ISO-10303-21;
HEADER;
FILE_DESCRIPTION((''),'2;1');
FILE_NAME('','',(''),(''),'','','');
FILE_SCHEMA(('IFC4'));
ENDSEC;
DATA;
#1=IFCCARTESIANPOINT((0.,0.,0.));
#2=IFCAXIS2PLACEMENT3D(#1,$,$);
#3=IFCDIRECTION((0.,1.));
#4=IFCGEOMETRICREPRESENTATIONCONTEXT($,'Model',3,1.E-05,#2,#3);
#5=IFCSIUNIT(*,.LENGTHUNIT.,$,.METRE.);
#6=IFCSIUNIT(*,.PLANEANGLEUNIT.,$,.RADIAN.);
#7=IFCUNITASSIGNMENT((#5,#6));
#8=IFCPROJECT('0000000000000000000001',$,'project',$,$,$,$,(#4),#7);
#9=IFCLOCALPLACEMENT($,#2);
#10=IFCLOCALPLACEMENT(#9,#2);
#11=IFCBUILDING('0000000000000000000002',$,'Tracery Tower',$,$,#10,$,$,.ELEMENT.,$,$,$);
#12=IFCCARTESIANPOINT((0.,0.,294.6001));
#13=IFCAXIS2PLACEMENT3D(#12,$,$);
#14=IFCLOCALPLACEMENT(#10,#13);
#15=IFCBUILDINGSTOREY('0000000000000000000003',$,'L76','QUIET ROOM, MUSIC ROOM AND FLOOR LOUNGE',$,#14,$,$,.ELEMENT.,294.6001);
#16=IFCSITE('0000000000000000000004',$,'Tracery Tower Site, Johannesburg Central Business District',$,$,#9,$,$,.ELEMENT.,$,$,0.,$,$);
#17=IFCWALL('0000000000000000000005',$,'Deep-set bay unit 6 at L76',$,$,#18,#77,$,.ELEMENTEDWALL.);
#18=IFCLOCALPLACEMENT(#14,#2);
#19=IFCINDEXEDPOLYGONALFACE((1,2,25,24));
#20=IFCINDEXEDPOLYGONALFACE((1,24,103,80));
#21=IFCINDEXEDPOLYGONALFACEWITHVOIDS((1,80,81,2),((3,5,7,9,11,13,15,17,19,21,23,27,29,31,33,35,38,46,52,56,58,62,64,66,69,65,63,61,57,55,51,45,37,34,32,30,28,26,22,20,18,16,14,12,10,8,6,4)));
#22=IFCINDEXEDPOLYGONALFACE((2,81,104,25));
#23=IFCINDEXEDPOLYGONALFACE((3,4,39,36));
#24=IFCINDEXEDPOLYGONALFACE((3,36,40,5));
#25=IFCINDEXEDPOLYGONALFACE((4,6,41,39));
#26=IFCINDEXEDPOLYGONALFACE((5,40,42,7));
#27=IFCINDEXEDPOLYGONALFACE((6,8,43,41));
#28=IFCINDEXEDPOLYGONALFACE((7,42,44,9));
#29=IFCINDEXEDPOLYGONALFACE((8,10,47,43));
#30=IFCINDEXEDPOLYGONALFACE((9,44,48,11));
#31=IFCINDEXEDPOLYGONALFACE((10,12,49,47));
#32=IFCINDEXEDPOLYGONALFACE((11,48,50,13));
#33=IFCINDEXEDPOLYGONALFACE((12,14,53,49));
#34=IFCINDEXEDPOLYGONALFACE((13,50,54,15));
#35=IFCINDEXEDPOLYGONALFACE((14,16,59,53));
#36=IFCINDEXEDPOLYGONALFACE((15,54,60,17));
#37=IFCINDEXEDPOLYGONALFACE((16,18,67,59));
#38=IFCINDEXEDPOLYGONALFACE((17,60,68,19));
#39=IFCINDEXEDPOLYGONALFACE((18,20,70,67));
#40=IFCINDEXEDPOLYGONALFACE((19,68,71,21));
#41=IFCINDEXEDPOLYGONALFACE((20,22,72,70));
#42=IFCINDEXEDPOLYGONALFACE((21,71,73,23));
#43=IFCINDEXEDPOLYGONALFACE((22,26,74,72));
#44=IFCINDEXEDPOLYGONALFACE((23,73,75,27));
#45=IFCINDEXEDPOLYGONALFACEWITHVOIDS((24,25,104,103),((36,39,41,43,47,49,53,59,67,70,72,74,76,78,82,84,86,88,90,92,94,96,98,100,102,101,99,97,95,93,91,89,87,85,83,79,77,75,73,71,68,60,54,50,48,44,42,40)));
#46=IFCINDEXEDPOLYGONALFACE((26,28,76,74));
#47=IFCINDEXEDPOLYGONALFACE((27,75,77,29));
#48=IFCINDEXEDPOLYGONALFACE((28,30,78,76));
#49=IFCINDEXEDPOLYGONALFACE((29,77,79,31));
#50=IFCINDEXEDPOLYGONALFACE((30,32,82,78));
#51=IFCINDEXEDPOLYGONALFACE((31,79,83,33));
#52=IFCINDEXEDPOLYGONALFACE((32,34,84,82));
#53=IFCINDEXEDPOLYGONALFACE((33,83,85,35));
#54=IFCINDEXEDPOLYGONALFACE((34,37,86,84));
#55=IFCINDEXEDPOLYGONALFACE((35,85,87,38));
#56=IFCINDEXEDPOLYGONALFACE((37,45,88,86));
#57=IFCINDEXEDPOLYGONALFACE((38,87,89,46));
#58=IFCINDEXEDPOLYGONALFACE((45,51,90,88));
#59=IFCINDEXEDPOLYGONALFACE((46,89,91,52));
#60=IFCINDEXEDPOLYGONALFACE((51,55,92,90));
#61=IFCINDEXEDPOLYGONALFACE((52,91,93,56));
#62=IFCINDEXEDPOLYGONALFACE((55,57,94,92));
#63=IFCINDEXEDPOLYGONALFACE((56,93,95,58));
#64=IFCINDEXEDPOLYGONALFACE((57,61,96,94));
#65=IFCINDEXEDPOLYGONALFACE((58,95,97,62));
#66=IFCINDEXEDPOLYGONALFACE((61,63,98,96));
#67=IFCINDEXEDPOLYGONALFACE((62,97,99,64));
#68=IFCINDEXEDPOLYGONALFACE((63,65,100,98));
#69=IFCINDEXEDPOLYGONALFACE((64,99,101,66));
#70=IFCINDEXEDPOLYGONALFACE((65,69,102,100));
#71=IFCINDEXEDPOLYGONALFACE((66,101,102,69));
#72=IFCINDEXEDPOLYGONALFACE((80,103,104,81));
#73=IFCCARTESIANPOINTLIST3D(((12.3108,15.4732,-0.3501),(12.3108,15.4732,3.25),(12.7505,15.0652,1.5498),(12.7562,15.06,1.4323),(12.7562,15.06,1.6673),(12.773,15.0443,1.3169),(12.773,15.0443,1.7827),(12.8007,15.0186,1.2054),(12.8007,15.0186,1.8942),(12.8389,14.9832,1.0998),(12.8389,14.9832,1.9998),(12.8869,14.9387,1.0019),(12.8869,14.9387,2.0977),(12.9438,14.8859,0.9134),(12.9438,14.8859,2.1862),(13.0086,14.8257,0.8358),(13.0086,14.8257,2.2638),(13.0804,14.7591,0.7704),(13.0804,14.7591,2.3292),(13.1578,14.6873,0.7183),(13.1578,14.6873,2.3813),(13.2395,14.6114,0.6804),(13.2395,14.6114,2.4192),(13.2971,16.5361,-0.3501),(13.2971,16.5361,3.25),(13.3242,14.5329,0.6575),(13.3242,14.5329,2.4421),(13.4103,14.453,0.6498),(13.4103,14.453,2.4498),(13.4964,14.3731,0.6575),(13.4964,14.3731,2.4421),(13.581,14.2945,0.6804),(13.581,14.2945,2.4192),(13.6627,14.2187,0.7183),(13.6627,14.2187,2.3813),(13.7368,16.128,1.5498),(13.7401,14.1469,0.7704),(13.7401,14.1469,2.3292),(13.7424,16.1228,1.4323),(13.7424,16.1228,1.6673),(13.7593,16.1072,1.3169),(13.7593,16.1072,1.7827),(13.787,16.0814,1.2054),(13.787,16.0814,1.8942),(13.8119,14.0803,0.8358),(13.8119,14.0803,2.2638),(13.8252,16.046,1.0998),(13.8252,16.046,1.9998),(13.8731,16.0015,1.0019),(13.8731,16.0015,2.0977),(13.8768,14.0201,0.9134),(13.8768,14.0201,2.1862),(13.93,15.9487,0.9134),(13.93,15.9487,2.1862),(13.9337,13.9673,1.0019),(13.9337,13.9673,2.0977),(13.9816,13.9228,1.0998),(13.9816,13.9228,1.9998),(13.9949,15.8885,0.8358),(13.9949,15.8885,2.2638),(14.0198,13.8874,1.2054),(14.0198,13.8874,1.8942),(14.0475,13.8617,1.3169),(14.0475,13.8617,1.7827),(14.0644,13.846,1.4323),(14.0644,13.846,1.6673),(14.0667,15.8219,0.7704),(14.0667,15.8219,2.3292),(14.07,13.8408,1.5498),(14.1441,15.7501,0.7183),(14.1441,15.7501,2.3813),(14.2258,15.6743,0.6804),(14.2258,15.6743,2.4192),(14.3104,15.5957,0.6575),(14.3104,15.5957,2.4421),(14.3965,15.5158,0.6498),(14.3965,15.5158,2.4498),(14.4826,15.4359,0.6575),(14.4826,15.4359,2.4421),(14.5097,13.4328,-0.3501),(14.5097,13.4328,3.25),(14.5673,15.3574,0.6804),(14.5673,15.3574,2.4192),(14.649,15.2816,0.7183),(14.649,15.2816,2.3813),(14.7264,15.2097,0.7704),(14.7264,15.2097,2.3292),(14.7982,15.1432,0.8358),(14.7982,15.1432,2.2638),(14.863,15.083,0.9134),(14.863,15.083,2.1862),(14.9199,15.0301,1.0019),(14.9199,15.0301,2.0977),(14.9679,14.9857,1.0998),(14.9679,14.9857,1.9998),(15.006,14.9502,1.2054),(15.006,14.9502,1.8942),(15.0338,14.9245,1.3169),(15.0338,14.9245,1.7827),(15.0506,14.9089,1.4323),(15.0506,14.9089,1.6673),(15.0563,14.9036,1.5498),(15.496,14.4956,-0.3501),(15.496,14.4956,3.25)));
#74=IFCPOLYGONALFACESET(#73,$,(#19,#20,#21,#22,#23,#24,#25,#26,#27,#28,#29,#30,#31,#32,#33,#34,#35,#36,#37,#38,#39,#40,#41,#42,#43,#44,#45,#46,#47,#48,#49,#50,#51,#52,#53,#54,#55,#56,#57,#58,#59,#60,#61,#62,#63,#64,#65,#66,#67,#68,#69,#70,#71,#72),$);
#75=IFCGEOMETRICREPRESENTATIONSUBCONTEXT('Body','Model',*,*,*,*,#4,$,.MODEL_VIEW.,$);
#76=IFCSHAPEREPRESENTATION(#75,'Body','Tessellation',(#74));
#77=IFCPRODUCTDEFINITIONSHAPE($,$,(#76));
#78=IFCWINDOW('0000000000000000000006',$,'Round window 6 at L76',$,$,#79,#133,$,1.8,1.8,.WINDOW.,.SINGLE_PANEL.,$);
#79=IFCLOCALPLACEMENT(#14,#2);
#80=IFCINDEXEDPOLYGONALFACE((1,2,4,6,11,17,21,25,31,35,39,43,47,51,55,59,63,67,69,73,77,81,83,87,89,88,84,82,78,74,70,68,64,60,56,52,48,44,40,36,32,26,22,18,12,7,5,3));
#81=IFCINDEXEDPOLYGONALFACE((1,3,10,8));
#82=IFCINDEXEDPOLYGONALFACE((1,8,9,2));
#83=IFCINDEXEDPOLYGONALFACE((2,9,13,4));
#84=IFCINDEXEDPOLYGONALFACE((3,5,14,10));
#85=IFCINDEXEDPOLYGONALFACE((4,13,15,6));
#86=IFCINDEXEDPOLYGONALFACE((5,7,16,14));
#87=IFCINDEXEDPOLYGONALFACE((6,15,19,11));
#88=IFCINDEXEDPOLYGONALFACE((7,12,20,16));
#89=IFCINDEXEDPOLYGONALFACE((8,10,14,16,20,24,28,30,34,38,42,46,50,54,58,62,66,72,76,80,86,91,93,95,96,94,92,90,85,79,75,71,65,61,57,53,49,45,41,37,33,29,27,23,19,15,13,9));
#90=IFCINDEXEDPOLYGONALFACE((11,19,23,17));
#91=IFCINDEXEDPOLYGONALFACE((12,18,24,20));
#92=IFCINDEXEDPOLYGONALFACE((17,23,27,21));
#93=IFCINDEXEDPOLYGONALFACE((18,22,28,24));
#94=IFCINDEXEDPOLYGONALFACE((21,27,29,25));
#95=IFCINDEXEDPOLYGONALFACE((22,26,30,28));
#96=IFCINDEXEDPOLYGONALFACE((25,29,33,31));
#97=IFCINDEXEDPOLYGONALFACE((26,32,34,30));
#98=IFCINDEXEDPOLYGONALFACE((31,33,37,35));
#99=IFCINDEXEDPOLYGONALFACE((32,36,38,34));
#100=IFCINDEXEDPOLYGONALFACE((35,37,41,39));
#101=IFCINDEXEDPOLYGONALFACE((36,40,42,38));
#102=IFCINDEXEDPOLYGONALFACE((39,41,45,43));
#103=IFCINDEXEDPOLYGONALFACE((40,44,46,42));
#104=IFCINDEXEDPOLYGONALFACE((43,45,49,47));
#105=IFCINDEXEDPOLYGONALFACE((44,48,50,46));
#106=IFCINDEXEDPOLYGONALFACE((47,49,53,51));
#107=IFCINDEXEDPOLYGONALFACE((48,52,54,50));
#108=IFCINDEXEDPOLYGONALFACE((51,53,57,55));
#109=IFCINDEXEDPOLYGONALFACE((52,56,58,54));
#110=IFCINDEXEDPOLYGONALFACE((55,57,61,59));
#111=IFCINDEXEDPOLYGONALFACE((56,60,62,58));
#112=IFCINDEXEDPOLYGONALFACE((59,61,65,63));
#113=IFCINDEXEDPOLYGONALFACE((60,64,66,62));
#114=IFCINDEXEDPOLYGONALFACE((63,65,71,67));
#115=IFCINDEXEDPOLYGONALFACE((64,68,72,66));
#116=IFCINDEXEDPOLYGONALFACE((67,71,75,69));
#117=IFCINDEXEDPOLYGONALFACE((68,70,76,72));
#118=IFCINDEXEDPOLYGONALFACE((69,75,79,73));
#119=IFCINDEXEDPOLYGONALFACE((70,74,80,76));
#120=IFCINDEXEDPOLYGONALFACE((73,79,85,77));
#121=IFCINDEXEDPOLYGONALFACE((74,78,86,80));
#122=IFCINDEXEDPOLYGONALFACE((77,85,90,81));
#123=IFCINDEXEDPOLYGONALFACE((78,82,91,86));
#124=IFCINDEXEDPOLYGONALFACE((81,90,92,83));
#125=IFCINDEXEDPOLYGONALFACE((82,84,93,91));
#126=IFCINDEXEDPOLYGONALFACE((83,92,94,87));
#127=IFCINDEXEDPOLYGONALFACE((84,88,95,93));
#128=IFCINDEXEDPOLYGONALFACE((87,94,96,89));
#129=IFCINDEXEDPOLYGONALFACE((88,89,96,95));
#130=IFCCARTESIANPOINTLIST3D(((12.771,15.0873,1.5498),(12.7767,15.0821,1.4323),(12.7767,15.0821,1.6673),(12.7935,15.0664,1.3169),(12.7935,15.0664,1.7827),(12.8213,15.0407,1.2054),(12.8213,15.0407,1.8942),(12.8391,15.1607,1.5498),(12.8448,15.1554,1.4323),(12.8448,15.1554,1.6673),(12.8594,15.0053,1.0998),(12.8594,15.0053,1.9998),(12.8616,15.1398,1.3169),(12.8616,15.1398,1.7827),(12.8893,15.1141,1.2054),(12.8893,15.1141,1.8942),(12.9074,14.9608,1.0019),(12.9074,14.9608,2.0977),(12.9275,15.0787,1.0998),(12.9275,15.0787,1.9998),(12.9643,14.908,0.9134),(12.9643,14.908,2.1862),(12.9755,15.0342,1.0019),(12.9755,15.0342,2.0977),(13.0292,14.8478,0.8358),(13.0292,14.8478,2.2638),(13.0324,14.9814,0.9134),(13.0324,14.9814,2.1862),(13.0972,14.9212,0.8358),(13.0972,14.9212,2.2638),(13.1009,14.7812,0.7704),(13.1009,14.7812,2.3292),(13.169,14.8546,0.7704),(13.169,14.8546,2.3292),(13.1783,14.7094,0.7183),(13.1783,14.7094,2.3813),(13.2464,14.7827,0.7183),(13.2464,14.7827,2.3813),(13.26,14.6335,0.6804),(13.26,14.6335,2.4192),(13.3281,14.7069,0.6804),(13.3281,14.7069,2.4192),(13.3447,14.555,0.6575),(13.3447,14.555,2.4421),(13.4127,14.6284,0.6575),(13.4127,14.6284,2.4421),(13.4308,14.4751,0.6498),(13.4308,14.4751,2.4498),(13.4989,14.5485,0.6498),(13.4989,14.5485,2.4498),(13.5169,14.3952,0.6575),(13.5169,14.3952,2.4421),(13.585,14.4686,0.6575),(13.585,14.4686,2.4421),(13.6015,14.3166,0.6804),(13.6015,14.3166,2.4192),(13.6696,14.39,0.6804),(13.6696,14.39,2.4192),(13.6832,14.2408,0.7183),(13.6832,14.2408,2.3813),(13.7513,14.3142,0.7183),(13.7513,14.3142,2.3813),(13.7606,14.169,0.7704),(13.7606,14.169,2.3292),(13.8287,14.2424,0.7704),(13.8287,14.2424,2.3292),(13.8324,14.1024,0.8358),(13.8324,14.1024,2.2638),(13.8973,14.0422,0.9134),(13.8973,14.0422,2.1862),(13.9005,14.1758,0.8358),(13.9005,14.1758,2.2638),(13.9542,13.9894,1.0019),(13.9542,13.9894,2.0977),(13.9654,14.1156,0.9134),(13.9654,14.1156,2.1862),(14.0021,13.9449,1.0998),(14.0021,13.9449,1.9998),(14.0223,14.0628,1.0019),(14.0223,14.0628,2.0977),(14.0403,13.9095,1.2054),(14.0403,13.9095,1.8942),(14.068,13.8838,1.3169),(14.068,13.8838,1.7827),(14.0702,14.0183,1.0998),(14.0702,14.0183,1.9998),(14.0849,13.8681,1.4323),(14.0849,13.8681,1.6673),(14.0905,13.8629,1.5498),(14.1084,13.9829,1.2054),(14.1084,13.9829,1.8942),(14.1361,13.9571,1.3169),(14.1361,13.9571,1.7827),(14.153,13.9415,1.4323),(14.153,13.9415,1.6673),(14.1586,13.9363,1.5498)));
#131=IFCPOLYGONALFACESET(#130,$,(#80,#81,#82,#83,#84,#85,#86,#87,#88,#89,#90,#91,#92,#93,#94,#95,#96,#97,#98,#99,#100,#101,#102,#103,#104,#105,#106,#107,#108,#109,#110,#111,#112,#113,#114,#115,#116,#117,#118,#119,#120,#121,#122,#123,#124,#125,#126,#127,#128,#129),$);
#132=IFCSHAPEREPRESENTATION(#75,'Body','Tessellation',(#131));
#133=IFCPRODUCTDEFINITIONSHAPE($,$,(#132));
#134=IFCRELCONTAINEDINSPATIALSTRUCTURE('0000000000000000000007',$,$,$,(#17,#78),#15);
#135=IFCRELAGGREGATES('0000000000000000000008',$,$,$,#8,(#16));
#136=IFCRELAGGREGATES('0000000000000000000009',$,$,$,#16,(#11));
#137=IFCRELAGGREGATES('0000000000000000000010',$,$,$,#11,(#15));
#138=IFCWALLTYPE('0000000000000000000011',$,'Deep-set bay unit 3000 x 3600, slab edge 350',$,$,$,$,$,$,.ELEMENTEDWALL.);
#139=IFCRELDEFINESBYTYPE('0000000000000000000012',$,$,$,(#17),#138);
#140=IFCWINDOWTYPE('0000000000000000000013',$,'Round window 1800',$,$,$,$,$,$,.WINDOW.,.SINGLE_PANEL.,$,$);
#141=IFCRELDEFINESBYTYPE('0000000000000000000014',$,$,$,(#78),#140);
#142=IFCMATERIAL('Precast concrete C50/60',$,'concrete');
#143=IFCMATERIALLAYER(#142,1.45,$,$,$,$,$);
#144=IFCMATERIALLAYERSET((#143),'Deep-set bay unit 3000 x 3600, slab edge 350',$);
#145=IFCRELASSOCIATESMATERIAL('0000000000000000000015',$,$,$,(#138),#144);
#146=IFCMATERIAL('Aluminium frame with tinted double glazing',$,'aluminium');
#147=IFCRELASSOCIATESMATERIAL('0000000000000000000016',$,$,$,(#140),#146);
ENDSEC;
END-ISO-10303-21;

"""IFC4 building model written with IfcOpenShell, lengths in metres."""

from ifc_helpers import new_model, si_unit, direction, frame, frame_2d, origin, origin_2d, place, context, subcontext, project, spatial, rectangle, circle, extrude, material, layer, layer_set, type_object, element, fill, save


model = new_model("IFC4")

# Units and contexts
model_context = context("Model", 3, precision=1e-05, world=origin(), true_north=direction((0.0, 1.0)))
body_context = subcontext(model_context, "Body", "Model", "MODEL_VIEW")
ifc_project = project(units=[si_unit("LENGTHUNIT", "METRE"), si_unit("PLANEANGLEUNIT", "RADIAN")], contexts=[model_context])

# Site, building, storey
site_placement = place(None, origin())
site = spatial("IfcSite", under=ifc_project, at=site_placement, Name="Tracery Tower Site, Johannesburg Central Business District", CompositionType="ELEMENT", RefElevation=0.0)
building_placement = place(site_placement, origin())
building = spatial("IfcBuilding", under=site, at=building_placement, Name="Tracery Tower", CompositionType="ELEMENT")
storey_placement = place(building_placement, frame((0.0, 0.0, 294.6001)))
storey = spatial("IfcBuildingStorey", under=building, at=storey_placement, Name="L76", Description="QUIET ROOM, MUSIC ROOM AND FLOOR LOUNGE", CompositionType="ELEMENT", Elevation=294.6001)

# Wall, opening, window
ifc_material_1 = material(Name="Precast concrete C50/60", Category="concrete")
ifc_layer_1 = layer(ifc_material_1, 1.45)
ifc_layer_set_1 = layer_set([ifc_layer_1], Name="Deep-set bay unit 3000 x 3600, slab edge 350")
wall_type_1 = type_object("IfcWallType", Name="Deep-set bay unit 3000 x 3600, slab edge 350", PredefinedType="ELEMENTEDWALL", material=ifc_layer_set_1)
wall_1_placement = place(storey_placement, frame((15.0029, 13.9641, -0.3501), z_axis=(0.0, 0.0, 1.0), x_axis=(-0.733022, 0.680204, 0.0)))
wall_1 = element("IfcWall", 1, at=wall_1_placement, inside=storey, type_object=wall_type_1, Name="Deep-set bay unit 6 at L76", PredefinedType="ELEMENTEDWALL", context=body_context, shape_type="SweptSolid", body=[
    extrude(rectangle(XDim=2.9998, YDim=1.45, at=frame_2d((1.5, 0.0))), origin(), (0.0, 0.0, 1.0), 3.6001),
])
opening_1_placement = place(wall_1_placement, frame((1.5, 0.0, 1.8999)))
opening_1 = element("IfcOpeningElement", 2, at=opening_1_placement, cuts=wall_1, PredefinedType="OPENING", context=body_context, shape_type="SweptSolid", body=[
    extrude(circle(Radius=0.9, at=origin_2d()), frame((0.0, 0.7349, 0.0), z_axis=(0.0, -1.0, 0.0), x_axis=(1.0, 0.0, 0.0)), (0.0, 0.0, 1.0), 1.47),
])
ifc_material_2 = material(Name="Aluminium frame with tinted double glazing", Category="aluminium")
window_type = type_object("IfcWindowType", Name="Round window 1800", PartitioningType="SINGLE_PANEL", PredefinedType="WINDOW", material=ifc_material_2)
window_1_placement = place(opening_1_placement, origin())
window_1 = element("IfcWindow", 3, at=window_1_placement, inside=storey, type_object=window_type, Name="Round window 6 at L76", OverallHeight=1.8, OverallWidth=1.8, PartitioningType="SINGLE_PANEL", PredefinedType="WINDOW", context=body_context, shape_type="SweptSolid", body=[
    extrude(circle(Radius=0.9, at=origin_2d()), frame((0.0, 0.6948, 0.0), z_axis=(0.0, -1.0, 0.0), x_axis=(1.0, 0.0, 0.0)), (0.0, 0.0, 1.0), 0.1001),
])
fill(opening_1, window_1)

save(model, "model.ifc")
